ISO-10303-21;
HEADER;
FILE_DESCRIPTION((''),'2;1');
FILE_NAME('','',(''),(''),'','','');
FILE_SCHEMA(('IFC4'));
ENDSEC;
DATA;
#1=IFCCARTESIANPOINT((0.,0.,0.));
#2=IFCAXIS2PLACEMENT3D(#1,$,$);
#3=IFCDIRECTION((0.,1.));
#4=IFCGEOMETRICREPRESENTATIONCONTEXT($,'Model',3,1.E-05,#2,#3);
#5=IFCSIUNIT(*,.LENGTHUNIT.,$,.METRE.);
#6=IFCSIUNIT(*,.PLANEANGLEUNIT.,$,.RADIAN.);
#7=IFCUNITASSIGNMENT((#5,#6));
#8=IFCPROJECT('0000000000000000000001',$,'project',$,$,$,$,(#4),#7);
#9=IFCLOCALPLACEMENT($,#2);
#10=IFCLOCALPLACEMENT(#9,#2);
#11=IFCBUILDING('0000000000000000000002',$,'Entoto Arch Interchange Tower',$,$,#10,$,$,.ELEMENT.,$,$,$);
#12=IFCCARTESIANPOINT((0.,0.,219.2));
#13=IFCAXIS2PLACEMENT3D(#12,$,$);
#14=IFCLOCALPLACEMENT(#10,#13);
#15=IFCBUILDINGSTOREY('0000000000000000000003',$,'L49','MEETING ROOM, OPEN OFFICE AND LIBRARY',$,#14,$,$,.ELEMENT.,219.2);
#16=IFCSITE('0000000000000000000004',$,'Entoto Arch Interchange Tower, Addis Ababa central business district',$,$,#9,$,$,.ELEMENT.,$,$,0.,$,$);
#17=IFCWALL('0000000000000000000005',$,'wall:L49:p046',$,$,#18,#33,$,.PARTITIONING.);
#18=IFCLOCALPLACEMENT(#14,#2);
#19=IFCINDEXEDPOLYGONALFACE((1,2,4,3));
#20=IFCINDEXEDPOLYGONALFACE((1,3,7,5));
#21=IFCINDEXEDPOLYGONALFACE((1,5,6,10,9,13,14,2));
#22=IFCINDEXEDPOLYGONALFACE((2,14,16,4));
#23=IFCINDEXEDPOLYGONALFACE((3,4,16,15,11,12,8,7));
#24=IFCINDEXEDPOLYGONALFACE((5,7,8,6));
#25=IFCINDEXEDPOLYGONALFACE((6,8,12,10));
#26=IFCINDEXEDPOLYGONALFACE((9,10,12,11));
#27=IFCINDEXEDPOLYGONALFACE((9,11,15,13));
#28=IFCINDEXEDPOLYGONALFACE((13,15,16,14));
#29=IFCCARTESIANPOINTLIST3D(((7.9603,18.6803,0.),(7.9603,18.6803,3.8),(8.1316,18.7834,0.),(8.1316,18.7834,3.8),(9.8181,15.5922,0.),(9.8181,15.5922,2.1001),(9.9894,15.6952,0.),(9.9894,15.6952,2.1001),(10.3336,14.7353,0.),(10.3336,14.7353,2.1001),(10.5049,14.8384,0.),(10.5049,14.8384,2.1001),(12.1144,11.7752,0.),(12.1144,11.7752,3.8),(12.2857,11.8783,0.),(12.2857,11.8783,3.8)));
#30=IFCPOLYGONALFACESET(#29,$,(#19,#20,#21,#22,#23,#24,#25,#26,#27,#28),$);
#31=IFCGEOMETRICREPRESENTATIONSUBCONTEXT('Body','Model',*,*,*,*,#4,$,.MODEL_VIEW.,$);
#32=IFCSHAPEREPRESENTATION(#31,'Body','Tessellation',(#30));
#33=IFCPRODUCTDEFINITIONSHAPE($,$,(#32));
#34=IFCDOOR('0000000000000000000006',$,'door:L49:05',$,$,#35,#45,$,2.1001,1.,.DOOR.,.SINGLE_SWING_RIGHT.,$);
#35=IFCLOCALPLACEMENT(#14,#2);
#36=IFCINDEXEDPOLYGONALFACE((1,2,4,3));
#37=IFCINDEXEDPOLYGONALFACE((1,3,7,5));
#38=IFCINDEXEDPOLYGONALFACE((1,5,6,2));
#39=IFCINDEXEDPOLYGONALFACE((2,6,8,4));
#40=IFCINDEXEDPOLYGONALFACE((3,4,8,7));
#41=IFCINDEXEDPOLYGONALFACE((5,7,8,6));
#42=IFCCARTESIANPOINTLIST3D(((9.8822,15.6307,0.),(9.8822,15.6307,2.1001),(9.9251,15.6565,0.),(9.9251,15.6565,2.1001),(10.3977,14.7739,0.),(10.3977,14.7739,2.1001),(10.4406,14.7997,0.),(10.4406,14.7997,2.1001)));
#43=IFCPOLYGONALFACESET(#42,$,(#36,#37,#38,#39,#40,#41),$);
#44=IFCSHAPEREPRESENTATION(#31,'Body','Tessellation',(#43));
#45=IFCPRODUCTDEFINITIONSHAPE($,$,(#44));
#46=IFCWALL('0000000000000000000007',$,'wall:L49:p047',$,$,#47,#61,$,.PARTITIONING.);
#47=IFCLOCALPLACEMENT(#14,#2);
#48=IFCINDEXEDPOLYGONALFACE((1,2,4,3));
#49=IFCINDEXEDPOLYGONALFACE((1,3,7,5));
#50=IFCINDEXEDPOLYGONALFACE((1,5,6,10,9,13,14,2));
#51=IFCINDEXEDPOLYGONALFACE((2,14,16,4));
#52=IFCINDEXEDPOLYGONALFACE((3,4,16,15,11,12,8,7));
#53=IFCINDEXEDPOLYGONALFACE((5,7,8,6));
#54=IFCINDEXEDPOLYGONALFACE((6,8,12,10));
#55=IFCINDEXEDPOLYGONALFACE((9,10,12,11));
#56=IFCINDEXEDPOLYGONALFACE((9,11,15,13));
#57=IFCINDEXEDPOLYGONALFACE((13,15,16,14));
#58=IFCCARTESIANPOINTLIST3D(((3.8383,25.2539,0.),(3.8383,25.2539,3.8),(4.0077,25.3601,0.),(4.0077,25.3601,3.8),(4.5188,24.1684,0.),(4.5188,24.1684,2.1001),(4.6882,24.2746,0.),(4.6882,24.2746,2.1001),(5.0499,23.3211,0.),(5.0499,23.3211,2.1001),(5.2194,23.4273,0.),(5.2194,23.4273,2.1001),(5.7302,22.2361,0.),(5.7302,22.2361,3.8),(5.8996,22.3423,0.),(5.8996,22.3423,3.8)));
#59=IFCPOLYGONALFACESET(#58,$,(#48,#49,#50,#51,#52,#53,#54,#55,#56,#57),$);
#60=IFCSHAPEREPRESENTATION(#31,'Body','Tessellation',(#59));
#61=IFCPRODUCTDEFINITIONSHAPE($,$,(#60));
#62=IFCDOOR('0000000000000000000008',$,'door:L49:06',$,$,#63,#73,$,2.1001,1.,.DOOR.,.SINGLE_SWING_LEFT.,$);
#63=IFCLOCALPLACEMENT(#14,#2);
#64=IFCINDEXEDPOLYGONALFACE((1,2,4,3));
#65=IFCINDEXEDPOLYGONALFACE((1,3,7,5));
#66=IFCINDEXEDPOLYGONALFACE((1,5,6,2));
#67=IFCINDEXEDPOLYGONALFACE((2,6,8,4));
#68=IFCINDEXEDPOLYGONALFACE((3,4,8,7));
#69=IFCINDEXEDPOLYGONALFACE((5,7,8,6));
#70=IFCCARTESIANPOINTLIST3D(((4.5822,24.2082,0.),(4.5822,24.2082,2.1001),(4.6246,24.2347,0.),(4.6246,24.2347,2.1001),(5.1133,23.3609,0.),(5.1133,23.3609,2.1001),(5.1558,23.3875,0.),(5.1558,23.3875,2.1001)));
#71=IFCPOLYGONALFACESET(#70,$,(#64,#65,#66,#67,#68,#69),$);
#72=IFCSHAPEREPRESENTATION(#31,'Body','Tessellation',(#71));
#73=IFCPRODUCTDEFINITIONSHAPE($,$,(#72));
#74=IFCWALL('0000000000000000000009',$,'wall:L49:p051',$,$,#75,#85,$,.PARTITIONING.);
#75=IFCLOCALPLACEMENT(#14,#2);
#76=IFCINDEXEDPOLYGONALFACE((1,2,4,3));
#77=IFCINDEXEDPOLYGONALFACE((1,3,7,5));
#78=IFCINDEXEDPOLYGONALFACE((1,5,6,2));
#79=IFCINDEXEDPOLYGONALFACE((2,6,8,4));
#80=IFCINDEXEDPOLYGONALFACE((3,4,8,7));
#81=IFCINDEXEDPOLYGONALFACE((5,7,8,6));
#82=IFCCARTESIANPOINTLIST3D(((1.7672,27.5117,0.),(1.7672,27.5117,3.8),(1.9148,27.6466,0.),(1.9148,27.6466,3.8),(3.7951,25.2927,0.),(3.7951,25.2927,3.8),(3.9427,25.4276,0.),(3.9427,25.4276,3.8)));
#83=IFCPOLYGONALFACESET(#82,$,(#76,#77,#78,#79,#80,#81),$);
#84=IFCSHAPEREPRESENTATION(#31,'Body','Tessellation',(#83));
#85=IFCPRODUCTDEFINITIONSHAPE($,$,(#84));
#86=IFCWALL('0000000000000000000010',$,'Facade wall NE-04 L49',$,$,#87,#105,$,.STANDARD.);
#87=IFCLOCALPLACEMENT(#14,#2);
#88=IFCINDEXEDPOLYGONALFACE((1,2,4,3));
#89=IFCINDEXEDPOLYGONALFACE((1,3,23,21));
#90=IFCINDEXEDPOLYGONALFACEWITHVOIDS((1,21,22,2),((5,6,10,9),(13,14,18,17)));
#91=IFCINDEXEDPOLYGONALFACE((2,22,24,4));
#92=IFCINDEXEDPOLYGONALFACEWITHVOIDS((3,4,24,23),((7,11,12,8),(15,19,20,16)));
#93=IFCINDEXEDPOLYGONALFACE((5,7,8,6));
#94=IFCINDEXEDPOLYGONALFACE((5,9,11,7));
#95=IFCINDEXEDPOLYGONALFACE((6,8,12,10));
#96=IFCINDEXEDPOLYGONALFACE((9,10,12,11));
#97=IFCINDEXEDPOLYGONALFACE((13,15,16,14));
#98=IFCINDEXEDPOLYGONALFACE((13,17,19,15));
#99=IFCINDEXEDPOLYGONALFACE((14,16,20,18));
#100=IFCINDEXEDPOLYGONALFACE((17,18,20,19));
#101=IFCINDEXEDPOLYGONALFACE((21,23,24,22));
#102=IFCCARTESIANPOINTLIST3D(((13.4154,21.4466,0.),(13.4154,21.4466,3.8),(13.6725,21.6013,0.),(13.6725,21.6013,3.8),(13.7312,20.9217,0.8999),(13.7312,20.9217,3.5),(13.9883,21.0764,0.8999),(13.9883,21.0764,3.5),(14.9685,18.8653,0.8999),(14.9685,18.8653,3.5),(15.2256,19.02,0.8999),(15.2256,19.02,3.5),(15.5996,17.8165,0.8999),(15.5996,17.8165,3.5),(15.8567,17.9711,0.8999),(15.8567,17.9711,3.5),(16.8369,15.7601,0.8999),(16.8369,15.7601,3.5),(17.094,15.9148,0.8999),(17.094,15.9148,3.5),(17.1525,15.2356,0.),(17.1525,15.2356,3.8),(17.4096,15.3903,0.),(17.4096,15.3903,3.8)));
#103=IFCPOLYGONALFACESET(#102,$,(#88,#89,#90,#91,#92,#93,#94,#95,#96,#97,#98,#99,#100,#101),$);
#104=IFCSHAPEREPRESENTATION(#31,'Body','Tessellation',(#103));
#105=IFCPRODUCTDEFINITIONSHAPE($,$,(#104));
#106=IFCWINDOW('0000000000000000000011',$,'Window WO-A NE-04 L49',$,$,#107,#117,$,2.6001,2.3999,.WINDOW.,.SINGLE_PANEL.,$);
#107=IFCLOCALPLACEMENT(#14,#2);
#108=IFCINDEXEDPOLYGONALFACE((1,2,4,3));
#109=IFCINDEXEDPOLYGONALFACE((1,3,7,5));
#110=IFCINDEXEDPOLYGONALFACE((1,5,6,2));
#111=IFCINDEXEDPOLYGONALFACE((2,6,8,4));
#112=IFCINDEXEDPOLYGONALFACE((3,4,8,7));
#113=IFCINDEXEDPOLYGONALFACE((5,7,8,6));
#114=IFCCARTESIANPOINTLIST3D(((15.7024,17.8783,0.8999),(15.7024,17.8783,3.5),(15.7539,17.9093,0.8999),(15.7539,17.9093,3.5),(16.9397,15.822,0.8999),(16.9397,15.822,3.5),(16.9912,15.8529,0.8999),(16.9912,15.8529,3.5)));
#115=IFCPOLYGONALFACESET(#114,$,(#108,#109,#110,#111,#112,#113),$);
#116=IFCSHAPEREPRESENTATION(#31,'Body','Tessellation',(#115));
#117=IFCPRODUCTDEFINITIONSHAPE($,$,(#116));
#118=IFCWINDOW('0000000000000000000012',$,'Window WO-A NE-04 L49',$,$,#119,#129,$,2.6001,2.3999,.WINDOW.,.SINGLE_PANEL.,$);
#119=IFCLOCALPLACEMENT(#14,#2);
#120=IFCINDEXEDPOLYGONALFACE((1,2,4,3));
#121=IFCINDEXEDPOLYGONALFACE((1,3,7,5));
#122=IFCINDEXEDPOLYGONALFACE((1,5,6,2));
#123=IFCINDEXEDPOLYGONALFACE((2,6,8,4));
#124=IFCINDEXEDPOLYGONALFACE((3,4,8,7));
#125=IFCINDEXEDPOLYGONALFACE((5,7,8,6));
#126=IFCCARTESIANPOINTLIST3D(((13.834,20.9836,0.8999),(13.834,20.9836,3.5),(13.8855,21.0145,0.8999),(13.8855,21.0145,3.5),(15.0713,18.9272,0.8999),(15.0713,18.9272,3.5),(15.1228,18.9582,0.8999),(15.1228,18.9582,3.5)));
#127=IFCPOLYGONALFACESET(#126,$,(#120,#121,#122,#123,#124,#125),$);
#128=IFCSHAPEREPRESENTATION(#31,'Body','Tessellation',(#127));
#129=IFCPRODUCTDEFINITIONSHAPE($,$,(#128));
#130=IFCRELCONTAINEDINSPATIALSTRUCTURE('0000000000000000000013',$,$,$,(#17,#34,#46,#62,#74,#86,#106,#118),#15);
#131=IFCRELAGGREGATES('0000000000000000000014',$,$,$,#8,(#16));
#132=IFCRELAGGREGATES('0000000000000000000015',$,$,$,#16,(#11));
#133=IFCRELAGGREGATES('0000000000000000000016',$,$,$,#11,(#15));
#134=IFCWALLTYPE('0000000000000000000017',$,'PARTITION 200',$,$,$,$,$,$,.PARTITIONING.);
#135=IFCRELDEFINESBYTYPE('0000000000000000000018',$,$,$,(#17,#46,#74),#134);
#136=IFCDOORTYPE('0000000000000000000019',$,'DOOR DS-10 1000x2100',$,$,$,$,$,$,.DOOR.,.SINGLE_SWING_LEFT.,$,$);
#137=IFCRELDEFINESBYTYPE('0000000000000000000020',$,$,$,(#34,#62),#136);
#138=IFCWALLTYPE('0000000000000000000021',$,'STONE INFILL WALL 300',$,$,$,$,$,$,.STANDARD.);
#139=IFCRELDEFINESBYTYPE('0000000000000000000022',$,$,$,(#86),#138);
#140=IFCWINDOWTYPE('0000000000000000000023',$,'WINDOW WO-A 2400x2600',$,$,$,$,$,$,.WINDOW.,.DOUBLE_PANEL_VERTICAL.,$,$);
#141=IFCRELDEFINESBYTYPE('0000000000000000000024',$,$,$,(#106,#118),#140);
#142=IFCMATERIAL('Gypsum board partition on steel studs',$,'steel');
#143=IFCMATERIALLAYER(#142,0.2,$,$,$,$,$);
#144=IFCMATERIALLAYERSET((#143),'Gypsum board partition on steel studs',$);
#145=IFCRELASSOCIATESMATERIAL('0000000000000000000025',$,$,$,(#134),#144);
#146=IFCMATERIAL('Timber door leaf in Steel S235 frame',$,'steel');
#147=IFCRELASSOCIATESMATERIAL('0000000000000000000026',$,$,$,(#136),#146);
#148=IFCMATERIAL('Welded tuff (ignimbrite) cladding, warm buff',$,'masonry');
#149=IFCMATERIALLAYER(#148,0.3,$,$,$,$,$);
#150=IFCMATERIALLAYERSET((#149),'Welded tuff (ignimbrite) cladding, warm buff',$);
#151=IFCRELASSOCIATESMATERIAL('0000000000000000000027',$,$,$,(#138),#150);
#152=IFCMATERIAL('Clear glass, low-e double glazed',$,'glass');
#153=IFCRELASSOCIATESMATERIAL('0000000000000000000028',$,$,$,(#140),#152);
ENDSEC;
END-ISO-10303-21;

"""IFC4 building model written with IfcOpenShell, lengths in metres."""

from ifc_helpers import new_model, si_unit, direction, frame, frame_2d, origin, place, context, subcontext, project, spatial, rectangle, extrude, material, layer, layer_set, type_object, element, fill, save


model = new_model("IFC4")

# Units and contexts
model_context = context("Model", 3, precision=1e-05, world=origin(), true_north=direction((0.0, 1.0)))
body_context = subcontext(model_context, "Body", "Model", "MODEL_VIEW")
ifc_project = project(units=[si_unit("LENGTHUNIT", "METRE"), si_unit("PLANEANGLEUNIT", "RADIAN")], contexts=[model_context])

# Site, building, storey
site_placement = place(None, origin())
site = spatial("IfcSite", under=ifc_project, at=site_placement, Name="Entoto Arch Interchange Tower, Addis Ababa central business district", CompositionType="ELEMENT", RefElevation=0.0)
building_placement = place(site_placement, origin())
building = spatial("IfcBuilding", under=site, at=building_placement, Name="Entoto Arch Interchange Tower", CompositionType="ELEMENT")
storey_placement = place(building_placement, frame((0.0, 0.0, 219.2)))
storey = spatial("IfcBuildingStorey", under=building, at=storey_placement, Name="L49", Description="MEETING ROOM, OPEN OFFICE AND LIBRARY", CompositionType="ELEMENT", Elevation=219.2)

# Shared definitions
ifc_material_1 = material(Name="Gypsum board partition on steel studs", Category="steel")
ifc_layer_1 = layer(ifc_material_1, 0.2)
ifc_layer_set_1 = layer_set([ifc_layer_1], Name="Gypsum board partition on steel studs")
wall_type_1 = type_object("IfcWallType", Name="PARTITION 200", PredefinedType="PARTITIONING", material=ifc_layer_set_1)

# Shared definitions
ifc_material_2 = material(Name="Timber door leaf in Steel S235 frame", Category="steel")

# Walls, openings, doors
wall_1_placement = place(storey_placement, frame((8.0459, 18.7319, 0.0), z_axis=(0.0, 0.0, 1.0), x_axis=(0.515502, -0.856888, 0.0)))
wall_1 = element("IfcWall", 1, at=wall_1_placement, inside=storey, type_object=wall_type_1, Name="wall:L49:p046", PredefinedType="PARTITIONING", context=body_context, shape_type="SweptSolid", body=[
    extrude(rectangle(XDim=8.0583, YDim=0.2, at=frame_2d((4.0293, 0.0))), origin(), (0.0, 0.0, 1.0), 3.8),
])
opening_1_placement = place(wall_1_placement, frame((3.604, 0.0, 0.0)))
opening_1 = element("IfcOpeningElement", 2, at=opening_1_placement, cuts=wall_1, PredefinedType="OPENING", context=body_context, shape_type="SweptSolid", body=[
    extrude(rectangle(XDim=1.0, YDim=2.1001, at=frame_2d((0.5, 1.05))), frame((0.0, 0.1099, 0.0), z_axis=(0.0, -1.0, 0.0), x_axis=(1.0, 0.0, 0.0)), (0.0, 0.0, 1.0), 0.22),
])
door_type_1 = type_object("IfcDoorType", Name="DOOR DS-10 1000x2100", OperationType="SINGLE_SWING_LEFT", PredefinedType="DOOR", material=ifc_material_2)
door_1_placement = place(opening_1_placement, origin())
door_1 = element("IfcDoor", 3, at=door_1_placement, inside=storey, type_object=door_type_1, Name="door:L49:05", OperationType="SINGLE_SWING_RIGHT", OverallHeight=2.1001, OverallWidth=1.0, PredefinedType="DOOR", context=body_context, shape_type="SweptSolid", body=[
    extrude(rectangle(XDim=1.0, YDim=2.1001, at=frame_2d((0.5, 1.05))), frame((0.0, 0.0249, 0.0), z_axis=(0.0, -1.0, 0.0), x_axis=(1.0, 0.0, 0.0)), (0.0, 0.0, 1.0), 0.05),
])
fill(opening_1, door_1)
wall_2_placement = place(storey_placement, frame((3.9231, 25.3069, 0.0), z_axis=(0.0, 0.0, 1.0), x_axis=(0.531151, -0.847277, 0.0)))
wall_2 = element("IfcWall", 4, at=wall_2_placement, inside=storey, type_object=wall_type_1, Name="wall:L49:p047", PredefinedType="PARTITIONING", context=body_context, shape_type="SweptSolid", body=[
    extrude(rectangle(XDim=3.5618, YDim=0.2, at=frame_2d((1.7808, 0.0))), origin(), (0.0, 0.0, 1.0), 3.8),
])
opening_2_placement = place(wall_2_placement, frame((1.281, 0.0, 0.0)))
opening_2 = element("IfcOpeningElement", 5, at=opening_2_placement, cuts=wall_2, PredefinedType="OPENING", context=body_context, shape_type="SweptSolid", body=[
    extrude(rectangle(XDim=1.0, YDim=2.1001, at=frame_2d((0.5, 1.05))), frame((0.0, 0.1099, 0.0), z_axis=(0.0, -1.0, 0.0), x_axis=(1.0, 0.0, 0.0)), (0.0, 0.0, 1.0), 0.22),
])
door_2_placement = place(opening_2_placement, origin())
door_2 = element("IfcDoor", 6, at=door_2_placement, inside=storey, type_object=door_type_1, Name="door:L49:06", OperationType="SINGLE_SWING_LEFT", OverallHeight=2.1001, OverallWidth=1.0, PredefinedType="DOOR", context=body_context, shape_type="SweptSolid", body=[
    extrude(rectangle(XDim=1.0, YDim=2.1001, at=frame_2d((0.5, 1.05))), frame((0.0, 0.0249, 0.0), z_axis=(0.0, -1.0, 0.0), x_axis=(1.0, 0.0, 0.0)), (0.0, 0.0, 1.0), 0.05),
])
fill(opening_2, door_2)

# Wall
wall_3_placement = place(storey_placement, frame((1.8411, 27.5791, 0.0), z_axis=(0.0, 0.0, 1.0), x_axis=(0.674595, -0.738188, 0.0)))
element("IfcWall", 7, at=wall_3_placement, inside=storey, type_object=wall_type_1, Name="wall:L49:p051", PredefinedType="PARTITIONING", context=body_context, shape_type="SweptSolid", body=[
    extrude(rectangle(XDim=3.0061, YDim=0.2, at=frame_2d((1.5029, 0.0))), origin(), (0.0, 0.0, 1.0), 3.8),
])

# Wall, openings, windows
ifc_material_3 = material(Name="Welded tuff (ignimbrite) cladding, warm buff", Category="masonry")
ifc_layer_2 = layer(ifc_material_3, 0.3)
ifc_layer_set_2 = layer_set([ifc_layer_2], Name="Welded tuff (ignimbrite) cladding, warm buff")
wall_type_2 = type_object("IfcWallType", Name="STONE INFILL WALL 300", PredefinedType="STANDARD", material=ifc_layer_set_2)
wall_4_placement = place(storey_placement, frame((17.281, 15.313, 0.0), z_axis=(0.0, 0.0, 1.0), x_axis=(-0.51556, 0.856853, 0.0)))
wall_4 = element("IfcWall", 8, at=wall_4_placement, inside=storey, type_object=wall_type_2, Name="Facade wall NE-04 L49", PredefinedType="STANDARD", context=body_context, shape_type="SweptSolid", body=[
    extrude(rectangle(XDim=7.2485, YDim=0.3, at=frame_2d((3.6243, 0.0))), origin(), (0.0, 0.0, 1.0), 3.8),
])
opening_3_placement = place(wall_4_placement, frame((0.6121, 0.0, 0.8999)))
opening_3 = element("IfcOpeningElement", 9, at=opening_3_placement, cuts=wall_4, PredefinedType="OPENING", context=body_context, shape_type="SweptSolid", body=[
    extrude(rectangle(XDim=2.3999, YDim=2.6001, at=frame_2d((1.2, 1.3))), frame((0.0, 0.1602, 0.0), z_axis=(0.0, -1.0, 0.0), x_axis=(1.0, 0.0, 0.0)), (0.0, 0.0, 1.0), 0.3201),
])
opening_4_placement = place(wall_4_placement, frame((4.2361, 0.0, 0.8999)))
opening_4 = element("IfcOpeningElement", 10, at=opening_4_placement, cuts=wall_4, PredefinedType="OPENING", context=body_context, shape_type="SweptSolid", body=[
    extrude(rectangle(XDim=2.3999, YDim=2.6001, at=frame_2d((1.2, 1.3))), frame((0.0, 0.1602, 0.0), z_axis=(0.0, -1.0, 0.0), x_axis=(1.0, 0.0, 0.0)), (0.0, 0.0, 1.0), 0.3201),
])
ifc_material_4 = material(Name="Clear glass, low-e double glazed", Category="glass")
window_type_1 = type_object("IfcWindowType", Name="WINDOW WO-A 2400x2600", PartitioningType="DOUBLE_PANEL_VERTICAL", PredefinedType="WINDOW", material=ifc_material_4)
window_1_placement = place(opening_3_placement, origin())
window_1 = element("IfcWindow", 11, at=window_1_placement, inside=storey, type_object=window_type_1, Name="Window WO-A NE-04 L49", OverallHeight=2.6001, OverallWidth=2.3999, PartitioningType="SINGLE_PANEL", PredefinedType="WINDOW", context=body_context, shape_type="SweptSolid", body=[
    extrude(rectangle(XDim=2.3999, YDim=2.6001, at=frame_2d((1.2, 1.3))), frame((0.0, 0.03, 0.0), z_axis=(0.0, -1.0, 0.0), x_axis=(1.0, 0.0, 0.0)), (0.0, 0.0, 1.0), 0.0601),
])
fill(opening_3, window_1)
window_2_placement = place(opening_4_placement, origin())
window_2 = element("IfcWindow", 12, at=window_2_placement, inside=storey, type_object=window_type_1, Name="Window WO-A NE-04 L49", OverallHeight=2.6001, OverallWidth=2.3999, PartitioningType="SINGLE_PANEL", PredefinedType="WINDOW", context=body_context, shape_type="SweptSolid", body=[
    extrude(rectangle(XDim=2.3999, YDim=2.6001, at=frame_2d((1.2, 1.3))), frame((0.0, 0.03, 0.0), z_axis=(0.0, -1.0, 0.0), x_axis=(1.0, 0.0, 0.0)), (0.0, 0.0, 1.0), 0.0601),
])
fill(opening_4, window_2)

save(model, "model.ifc")
